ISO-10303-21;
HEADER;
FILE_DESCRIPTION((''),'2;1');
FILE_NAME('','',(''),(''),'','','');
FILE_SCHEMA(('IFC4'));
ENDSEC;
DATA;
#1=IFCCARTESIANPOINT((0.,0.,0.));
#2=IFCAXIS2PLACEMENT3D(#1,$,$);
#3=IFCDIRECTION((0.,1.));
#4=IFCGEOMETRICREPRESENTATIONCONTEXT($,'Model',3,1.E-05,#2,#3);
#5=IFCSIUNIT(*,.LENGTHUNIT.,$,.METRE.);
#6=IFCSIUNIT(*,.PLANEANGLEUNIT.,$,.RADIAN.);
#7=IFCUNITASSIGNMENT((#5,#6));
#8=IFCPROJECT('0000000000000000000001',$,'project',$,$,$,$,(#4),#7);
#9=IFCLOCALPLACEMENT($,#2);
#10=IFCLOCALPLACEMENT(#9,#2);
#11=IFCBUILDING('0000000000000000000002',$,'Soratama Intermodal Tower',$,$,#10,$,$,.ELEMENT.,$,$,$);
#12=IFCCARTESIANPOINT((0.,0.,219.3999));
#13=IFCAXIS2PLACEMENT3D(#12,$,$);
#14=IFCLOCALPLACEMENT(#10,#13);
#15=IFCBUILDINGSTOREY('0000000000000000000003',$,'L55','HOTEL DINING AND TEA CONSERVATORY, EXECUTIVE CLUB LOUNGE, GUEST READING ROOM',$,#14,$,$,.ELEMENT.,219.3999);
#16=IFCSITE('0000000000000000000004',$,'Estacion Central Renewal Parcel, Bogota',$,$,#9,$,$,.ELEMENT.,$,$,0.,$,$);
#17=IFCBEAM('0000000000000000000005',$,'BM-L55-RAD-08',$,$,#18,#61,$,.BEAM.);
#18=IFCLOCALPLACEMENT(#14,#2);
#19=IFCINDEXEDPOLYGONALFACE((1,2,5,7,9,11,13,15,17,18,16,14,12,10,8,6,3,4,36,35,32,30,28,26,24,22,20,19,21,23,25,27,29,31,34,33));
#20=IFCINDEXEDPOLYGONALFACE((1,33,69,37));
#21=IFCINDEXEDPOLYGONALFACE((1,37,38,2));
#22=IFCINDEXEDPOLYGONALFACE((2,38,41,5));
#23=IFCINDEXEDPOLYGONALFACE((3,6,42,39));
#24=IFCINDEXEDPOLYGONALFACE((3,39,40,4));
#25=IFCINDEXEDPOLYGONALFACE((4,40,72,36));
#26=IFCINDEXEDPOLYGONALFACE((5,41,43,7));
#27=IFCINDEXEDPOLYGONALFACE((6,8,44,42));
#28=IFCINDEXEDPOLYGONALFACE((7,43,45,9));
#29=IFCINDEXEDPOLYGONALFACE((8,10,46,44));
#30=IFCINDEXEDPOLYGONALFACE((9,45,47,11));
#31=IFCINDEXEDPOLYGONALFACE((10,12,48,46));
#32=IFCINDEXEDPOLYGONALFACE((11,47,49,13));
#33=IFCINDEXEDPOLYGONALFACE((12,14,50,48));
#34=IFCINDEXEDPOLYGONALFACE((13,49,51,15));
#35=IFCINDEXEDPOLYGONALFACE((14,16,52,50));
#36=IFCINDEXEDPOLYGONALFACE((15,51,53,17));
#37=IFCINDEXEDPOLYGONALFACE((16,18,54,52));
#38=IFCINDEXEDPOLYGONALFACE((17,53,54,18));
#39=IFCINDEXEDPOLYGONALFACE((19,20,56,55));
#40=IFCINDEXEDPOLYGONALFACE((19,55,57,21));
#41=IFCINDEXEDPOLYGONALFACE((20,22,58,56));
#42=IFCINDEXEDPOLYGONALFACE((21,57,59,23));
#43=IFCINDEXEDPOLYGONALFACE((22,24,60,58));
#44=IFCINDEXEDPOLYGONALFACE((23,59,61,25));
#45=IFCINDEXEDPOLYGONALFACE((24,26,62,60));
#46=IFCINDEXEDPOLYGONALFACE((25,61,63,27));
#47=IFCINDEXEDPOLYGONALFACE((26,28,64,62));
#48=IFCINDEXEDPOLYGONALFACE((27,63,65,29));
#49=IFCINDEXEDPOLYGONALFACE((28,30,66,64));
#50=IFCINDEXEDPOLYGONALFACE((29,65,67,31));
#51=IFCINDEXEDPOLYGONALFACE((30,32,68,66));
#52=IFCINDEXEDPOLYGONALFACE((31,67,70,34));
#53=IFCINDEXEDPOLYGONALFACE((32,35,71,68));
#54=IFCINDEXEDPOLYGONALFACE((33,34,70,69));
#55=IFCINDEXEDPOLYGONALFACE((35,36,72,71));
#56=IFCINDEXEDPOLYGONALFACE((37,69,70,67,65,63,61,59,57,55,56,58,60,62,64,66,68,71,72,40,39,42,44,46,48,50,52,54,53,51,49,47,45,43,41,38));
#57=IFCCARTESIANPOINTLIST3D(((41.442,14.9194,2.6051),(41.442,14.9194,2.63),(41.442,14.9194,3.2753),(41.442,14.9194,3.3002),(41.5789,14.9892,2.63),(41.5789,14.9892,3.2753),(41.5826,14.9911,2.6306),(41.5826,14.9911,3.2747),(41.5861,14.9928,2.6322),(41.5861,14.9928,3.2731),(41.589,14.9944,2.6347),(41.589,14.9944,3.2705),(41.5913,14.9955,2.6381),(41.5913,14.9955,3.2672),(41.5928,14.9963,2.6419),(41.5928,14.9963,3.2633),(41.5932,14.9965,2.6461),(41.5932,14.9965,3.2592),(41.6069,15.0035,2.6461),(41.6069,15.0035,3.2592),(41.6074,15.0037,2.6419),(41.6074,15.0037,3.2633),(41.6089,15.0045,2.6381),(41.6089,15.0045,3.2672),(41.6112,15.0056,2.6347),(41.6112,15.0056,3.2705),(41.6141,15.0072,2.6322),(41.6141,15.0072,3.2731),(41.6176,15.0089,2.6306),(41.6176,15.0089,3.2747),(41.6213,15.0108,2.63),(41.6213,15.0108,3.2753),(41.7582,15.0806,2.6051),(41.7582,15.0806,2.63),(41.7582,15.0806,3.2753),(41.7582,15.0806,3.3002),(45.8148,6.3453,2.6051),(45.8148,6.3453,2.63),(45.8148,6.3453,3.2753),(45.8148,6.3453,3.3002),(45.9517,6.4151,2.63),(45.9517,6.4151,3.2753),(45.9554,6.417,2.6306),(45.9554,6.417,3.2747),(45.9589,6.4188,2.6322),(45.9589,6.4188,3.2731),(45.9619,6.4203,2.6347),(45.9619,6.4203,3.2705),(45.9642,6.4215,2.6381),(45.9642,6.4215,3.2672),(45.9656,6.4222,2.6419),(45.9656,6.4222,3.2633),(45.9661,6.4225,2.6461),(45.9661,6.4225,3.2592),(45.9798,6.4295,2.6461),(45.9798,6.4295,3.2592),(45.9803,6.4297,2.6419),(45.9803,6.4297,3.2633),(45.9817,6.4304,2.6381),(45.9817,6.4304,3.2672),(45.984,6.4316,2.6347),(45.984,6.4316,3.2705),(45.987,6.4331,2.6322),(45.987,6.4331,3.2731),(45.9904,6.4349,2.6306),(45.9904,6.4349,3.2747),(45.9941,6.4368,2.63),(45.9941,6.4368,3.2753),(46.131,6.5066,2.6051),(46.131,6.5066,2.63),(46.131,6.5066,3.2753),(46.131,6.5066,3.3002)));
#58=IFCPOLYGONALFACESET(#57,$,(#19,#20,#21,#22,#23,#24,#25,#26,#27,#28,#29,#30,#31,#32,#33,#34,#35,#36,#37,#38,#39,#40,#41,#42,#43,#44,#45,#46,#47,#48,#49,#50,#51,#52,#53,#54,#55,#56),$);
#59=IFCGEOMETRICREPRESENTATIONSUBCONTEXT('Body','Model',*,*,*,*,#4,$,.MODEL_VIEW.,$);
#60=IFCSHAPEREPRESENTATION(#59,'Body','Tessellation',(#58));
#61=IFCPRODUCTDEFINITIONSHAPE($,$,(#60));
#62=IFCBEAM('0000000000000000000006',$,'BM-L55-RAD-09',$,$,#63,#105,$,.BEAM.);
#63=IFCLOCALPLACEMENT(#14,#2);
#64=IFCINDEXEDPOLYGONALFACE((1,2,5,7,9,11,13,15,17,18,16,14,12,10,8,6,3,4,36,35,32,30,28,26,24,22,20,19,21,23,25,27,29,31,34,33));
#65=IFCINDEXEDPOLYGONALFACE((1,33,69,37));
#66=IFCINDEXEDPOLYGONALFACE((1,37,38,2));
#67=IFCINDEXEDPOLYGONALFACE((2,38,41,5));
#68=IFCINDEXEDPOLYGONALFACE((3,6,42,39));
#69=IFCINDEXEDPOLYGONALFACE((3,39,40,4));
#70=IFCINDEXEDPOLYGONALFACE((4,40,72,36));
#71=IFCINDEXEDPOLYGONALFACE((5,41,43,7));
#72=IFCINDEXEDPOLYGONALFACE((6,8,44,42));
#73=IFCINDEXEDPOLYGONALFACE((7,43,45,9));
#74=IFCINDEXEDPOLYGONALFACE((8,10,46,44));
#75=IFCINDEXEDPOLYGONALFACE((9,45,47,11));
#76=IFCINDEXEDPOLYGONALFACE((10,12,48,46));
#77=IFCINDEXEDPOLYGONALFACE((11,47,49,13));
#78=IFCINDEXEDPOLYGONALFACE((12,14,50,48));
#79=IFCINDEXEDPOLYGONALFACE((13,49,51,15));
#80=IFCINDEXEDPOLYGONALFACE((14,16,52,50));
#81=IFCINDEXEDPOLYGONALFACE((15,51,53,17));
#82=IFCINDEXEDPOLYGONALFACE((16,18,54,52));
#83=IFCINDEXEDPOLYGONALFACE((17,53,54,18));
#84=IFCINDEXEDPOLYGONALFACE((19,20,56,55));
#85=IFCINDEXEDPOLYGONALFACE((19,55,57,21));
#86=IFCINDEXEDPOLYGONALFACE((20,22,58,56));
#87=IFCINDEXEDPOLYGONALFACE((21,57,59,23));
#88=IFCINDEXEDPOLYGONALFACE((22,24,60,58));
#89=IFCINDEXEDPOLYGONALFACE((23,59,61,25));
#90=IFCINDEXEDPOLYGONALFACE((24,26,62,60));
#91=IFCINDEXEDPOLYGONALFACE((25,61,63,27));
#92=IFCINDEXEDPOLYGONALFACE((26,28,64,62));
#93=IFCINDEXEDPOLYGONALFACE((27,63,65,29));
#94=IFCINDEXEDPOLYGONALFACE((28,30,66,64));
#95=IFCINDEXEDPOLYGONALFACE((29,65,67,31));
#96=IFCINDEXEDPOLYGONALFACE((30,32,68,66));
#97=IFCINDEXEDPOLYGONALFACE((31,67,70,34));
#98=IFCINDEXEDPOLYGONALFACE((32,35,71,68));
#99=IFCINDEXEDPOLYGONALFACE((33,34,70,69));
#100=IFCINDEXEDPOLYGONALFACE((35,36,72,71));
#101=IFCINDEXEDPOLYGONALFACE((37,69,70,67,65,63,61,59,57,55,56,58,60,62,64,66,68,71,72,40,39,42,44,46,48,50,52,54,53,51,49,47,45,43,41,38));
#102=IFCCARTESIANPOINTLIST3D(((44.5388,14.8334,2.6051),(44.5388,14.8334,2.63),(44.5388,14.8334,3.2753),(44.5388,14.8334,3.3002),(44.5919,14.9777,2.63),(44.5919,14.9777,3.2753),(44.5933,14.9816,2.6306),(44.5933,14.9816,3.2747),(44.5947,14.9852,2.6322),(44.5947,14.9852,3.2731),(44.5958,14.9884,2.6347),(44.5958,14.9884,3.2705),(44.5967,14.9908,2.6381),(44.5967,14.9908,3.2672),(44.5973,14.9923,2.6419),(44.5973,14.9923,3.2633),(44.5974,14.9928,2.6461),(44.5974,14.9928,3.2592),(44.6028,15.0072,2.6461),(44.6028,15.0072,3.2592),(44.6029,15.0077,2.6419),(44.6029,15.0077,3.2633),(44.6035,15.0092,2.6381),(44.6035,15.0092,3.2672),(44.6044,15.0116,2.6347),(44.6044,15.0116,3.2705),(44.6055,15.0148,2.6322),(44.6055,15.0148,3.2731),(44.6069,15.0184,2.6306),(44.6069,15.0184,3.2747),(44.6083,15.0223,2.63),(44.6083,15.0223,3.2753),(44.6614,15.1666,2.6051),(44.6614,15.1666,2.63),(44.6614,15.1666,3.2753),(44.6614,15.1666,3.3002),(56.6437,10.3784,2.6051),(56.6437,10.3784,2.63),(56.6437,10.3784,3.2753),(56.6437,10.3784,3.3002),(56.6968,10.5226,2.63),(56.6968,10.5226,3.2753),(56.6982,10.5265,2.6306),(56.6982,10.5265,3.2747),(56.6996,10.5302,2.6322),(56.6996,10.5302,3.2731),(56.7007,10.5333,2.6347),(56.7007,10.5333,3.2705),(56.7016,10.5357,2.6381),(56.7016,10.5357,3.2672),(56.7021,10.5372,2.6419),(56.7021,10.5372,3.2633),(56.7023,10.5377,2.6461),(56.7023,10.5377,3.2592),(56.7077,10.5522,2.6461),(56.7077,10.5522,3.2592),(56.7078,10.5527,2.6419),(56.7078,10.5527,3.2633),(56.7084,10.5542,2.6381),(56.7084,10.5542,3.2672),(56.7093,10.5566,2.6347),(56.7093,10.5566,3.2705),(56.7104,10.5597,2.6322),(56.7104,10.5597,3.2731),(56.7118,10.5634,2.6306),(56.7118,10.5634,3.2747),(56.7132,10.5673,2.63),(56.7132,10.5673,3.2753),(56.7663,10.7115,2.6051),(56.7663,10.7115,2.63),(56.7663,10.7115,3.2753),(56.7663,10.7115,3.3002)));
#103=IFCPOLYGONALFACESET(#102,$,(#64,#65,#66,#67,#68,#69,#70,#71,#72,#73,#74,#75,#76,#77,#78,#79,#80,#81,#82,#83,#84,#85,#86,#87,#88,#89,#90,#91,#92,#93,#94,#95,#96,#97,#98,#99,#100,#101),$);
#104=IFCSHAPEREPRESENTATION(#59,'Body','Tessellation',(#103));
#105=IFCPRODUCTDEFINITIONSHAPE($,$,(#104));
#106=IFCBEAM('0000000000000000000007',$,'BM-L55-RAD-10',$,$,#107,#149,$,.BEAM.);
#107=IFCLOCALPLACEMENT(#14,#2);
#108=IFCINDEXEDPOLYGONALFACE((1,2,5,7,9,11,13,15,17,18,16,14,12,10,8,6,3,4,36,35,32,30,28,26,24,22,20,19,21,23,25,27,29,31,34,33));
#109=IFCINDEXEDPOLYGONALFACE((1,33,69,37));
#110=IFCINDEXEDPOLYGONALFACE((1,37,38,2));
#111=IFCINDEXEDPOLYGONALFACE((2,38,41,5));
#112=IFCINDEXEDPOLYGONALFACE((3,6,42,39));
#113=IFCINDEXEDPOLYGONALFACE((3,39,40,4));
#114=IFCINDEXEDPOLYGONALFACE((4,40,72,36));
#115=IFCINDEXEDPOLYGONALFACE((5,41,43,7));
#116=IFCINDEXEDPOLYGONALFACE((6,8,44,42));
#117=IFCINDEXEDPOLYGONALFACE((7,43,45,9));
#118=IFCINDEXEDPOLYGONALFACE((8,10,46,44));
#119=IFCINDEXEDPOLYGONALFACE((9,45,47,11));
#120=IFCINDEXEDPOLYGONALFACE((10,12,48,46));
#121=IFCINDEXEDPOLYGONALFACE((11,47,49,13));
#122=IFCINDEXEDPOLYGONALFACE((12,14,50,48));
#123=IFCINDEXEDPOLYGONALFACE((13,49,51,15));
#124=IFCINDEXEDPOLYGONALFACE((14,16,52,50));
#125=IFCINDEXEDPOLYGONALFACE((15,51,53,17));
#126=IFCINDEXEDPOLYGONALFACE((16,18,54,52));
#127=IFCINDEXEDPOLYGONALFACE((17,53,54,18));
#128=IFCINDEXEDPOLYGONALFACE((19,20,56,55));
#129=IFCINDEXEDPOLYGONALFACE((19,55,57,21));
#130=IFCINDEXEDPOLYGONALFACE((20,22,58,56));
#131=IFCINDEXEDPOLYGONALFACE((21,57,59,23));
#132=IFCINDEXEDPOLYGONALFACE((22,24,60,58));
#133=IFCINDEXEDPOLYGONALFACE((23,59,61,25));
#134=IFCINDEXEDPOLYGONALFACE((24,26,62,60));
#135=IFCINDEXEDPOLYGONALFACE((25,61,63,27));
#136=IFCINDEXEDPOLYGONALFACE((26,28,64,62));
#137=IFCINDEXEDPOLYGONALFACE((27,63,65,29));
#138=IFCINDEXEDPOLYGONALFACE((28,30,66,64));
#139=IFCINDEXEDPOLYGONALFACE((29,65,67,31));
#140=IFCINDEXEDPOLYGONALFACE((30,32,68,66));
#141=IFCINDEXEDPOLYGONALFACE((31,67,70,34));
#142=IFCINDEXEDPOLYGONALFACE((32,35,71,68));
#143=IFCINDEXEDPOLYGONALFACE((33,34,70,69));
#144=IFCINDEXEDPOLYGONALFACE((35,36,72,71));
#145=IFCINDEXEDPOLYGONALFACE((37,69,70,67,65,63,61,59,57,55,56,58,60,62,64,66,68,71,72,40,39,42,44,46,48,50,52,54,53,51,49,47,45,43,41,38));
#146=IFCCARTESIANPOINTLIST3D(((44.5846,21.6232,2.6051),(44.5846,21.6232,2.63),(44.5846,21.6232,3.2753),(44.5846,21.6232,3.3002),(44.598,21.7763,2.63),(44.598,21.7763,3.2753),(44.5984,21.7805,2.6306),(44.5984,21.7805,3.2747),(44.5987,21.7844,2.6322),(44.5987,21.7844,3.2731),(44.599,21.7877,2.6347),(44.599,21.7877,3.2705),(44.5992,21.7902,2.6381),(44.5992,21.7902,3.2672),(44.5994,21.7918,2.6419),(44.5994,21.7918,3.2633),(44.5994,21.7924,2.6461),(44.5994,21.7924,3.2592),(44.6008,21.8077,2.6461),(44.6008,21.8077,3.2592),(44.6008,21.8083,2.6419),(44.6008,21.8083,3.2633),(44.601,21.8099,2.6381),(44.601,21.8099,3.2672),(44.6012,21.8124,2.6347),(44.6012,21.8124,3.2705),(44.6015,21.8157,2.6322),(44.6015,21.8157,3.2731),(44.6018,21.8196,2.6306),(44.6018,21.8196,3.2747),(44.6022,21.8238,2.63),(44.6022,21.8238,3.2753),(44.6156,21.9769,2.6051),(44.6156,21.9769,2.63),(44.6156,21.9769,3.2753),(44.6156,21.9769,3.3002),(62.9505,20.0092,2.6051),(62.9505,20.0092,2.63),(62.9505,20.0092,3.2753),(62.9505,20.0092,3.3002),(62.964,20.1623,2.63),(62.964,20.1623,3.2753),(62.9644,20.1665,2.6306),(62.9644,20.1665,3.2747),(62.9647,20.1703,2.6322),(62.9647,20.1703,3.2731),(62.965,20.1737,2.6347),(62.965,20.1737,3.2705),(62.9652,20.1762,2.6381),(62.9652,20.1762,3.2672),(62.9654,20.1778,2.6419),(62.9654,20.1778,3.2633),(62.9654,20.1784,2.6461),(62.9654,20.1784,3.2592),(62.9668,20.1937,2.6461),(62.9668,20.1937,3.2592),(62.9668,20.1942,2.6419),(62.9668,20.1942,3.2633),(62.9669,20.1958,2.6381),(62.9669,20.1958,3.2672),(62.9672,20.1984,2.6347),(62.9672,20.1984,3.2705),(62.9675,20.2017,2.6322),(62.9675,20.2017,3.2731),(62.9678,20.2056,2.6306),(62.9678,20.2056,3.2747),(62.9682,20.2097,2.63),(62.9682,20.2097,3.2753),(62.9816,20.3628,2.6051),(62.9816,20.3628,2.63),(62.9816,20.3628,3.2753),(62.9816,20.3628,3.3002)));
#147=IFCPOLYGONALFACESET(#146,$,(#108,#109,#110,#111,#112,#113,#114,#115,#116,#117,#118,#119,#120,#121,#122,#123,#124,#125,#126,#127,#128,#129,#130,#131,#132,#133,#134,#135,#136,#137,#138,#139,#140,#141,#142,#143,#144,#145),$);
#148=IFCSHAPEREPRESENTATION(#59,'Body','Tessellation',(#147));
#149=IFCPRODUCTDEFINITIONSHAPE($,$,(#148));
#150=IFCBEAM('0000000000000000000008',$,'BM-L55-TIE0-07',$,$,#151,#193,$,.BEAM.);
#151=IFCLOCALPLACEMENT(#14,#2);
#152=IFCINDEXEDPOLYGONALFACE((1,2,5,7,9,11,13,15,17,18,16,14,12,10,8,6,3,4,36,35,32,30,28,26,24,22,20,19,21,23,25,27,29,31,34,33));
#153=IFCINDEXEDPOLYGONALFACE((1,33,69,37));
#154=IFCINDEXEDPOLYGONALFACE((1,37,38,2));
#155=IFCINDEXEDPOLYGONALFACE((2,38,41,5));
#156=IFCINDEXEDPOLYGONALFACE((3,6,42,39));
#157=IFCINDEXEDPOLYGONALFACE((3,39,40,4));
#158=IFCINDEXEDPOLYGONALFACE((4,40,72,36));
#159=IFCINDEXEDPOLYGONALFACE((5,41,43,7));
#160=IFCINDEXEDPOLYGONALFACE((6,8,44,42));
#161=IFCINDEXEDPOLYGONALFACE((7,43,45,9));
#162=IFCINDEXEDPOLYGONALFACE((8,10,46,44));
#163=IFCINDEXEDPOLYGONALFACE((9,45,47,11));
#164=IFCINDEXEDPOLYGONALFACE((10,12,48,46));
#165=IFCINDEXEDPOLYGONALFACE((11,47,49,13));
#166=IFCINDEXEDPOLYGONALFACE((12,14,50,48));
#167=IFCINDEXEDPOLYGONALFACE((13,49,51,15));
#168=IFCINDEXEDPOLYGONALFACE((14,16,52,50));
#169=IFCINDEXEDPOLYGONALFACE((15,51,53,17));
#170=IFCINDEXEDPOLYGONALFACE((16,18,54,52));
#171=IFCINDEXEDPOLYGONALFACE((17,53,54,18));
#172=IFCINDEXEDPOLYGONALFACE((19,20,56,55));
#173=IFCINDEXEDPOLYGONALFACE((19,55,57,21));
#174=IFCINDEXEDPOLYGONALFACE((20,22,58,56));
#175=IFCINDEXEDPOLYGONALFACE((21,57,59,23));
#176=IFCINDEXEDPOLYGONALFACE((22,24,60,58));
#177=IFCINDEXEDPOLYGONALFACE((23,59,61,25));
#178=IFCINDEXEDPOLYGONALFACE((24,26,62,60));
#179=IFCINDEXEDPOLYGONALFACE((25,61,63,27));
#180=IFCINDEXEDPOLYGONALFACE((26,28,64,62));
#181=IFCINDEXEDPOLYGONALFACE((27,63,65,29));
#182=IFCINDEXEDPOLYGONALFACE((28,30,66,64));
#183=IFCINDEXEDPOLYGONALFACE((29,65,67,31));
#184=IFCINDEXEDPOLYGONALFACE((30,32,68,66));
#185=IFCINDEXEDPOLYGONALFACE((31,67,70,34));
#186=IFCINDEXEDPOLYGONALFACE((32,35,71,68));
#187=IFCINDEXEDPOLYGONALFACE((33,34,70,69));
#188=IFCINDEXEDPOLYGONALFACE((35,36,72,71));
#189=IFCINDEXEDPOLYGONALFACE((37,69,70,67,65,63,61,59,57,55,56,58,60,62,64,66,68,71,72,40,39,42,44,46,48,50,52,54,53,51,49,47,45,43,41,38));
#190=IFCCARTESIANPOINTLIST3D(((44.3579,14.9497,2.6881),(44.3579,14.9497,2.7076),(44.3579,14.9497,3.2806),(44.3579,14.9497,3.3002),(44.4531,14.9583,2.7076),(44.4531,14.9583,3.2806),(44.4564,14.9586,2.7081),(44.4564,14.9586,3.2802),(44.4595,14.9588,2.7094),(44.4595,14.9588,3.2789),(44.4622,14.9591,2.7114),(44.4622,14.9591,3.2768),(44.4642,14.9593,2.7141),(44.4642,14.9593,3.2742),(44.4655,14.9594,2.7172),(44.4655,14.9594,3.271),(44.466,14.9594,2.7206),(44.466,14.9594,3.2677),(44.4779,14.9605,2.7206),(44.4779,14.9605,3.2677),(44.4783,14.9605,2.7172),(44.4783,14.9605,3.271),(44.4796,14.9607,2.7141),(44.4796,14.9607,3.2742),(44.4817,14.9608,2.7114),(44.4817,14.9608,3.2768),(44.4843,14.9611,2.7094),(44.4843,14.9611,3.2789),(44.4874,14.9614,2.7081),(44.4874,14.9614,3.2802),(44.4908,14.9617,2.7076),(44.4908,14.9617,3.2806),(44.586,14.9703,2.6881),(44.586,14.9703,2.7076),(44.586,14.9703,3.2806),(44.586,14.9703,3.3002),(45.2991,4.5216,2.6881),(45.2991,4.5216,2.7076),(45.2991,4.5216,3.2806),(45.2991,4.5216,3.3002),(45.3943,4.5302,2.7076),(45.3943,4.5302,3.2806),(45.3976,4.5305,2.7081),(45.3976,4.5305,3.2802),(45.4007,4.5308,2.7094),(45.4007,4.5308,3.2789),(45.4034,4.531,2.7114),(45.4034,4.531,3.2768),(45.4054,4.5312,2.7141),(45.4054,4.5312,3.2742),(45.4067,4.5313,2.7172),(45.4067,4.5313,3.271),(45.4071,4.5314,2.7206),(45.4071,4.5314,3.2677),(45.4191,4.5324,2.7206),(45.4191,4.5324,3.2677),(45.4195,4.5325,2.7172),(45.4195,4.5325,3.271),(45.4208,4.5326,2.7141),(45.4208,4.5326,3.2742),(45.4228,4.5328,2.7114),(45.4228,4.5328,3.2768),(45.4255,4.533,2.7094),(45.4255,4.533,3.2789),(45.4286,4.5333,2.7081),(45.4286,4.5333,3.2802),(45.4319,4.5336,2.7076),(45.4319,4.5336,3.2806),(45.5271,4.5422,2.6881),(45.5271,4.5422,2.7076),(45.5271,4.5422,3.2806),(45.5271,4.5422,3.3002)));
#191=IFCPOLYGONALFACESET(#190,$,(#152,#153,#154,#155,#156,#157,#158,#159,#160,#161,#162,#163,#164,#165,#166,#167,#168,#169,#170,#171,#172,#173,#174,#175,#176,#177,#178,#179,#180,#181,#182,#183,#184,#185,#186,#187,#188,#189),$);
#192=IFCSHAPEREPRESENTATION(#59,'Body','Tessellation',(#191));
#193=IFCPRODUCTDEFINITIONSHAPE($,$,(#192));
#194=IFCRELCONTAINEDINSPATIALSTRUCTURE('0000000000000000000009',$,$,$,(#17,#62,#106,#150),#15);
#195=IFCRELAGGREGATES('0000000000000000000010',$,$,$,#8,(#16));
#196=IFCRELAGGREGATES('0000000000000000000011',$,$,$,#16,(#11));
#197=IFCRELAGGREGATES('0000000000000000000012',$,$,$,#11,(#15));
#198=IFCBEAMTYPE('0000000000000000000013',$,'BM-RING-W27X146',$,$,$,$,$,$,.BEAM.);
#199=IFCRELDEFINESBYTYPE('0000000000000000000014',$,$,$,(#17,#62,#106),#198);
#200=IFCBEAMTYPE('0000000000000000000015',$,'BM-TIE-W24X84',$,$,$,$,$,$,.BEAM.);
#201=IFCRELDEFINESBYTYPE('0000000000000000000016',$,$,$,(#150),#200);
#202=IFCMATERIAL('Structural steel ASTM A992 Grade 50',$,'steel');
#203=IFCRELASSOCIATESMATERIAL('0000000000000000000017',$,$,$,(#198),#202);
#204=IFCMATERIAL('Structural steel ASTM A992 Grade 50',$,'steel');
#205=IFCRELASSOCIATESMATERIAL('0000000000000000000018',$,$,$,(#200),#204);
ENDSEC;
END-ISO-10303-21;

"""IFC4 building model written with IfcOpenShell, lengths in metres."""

from ifc_helpers import new_model, si_unit, direction, frame, origin, origin_2d, place, context, subcontext, project, spatial, i_section, extrude, material, material_profile, profile_set, type_object, element, save


model = new_model("IFC4")

# Units and contexts
model_context = context("Model", 3, precision=1e-05, world=origin(), true_north=direction((0.0, 1.0)))
body_context = subcontext(model_context, "Body", "Model", "MODEL_VIEW")
ifc_project = project(units=[si_unit("LENGTHUNIT", "METRE"), si_unit("PLANEANGLEUNIT", "RADIAN")], contexts=[model_context])

# Site, building, storey
site_placement = place(None, origin())
site = spatial("IfcSite", under=ifc_project, at=site_placement, Name="Estacion Central Renewal Parcel, Bogota", CompositionType="ELEMENT", RefElevation=0.0)
building_placement = place(site_placement, origin())
building = spatial("IfcBuilding", under=site, at=building_placement, Name="Soratama Intermodal Tower", CompositionType="ELEMENT")
storey_placement = place(building_placement, frame((0.0, 0.0, 219.3999)))
storey = spatial("IfcBuildingStorey", under=building, at=storey_placement, Name="L55", Description="HOTEL DINING AND TEA CONSERVATORY, EXECUTIVE CLUB LOUNGE, GUEST READING ROOM", CompositionType="ELEMENT", Elevation=219.3999)

# Beams
ifc_material_1 = material(Name="Structural steel ASTM A992 Grade 50", Category="steel")
ifc_material_profile_1 = material_profile(ifc_material_1, i_section(OverallWidth=0.355, OverallDepth=0.6951, WebThickness=0.0154, FlangeThickness=0.0249, FilletRadius=0.0161, at=origin_2d()), Name="W27X146")
ifc_profile_set_1 = profile_set([ifc_material_profile_1], Name="Structural steel ASTM A992 Grade 50")
beam_type_1 = type_object("IfcBeamType", Name="BM-RING-W27X146", PredefinedType="BEAM", material=ifc_profile_set_1)
beam_1_placement = place(storey_placement, frame((41.6001, 15.0, 2.9526), z_axis=(0.454332, -0.890832, 0.0), x_axis=(0.890832, 0.454332, 0.0)))
element("IfcBeam", 1, at=beam_1_placement, inside=storey, type_object=beam_type_1, Name="BM-L55-RAD-08", PredefinedType="BEAM", context=body_context, shape_type="SweptSolid", body=[
    extrude(i_section(OverallWidth=0.355, OverallDepth=0.6951, WebThickness=0.0154, FlangeThickness=0.0249, FilletRadius=0.0161, at=origin_2d()), origin(), (0.0, 0.0, 1.0), 9.6248),
])
beam_2_placement = place(storey_placement, frame((44.6001, 15.0, 2.9526), z_axis=(0.93846, -0.345388, 0.0), x_axis=(0.345388, 0.93846, 0.0)))
element("IfcBeam", 2, at=beam_2_placement, inside=storey, type_object=beam_type_1, Name="BM-L55-RAD-09", PredefinedType="BEAM", context=body_context, shape_type="SweptSolid", body=[
    extrude(i_section(OverallWidth=0.355, OverallDepth=0.6951, WebThickness=0.0154, FlangeThickness=0.0249, FilletRadius=0.0161, at=origin_2d()), origin(), (0.0, 0.0, 1.0), 12.8987),
])
beam_3_placement = place(storey_placement, frame((44.6001, 21.8, 2.9526), z_axis=(0.996161, -0.087543, 0.0), x_axis=(0.087543, 0.996161, 0.0)))
element("IfcBeam", 3, at=beam_3_placement, inside=storey, type_object=beam_type_1, Name="BM-L55-RAD-10", PredefinedType="BEAM", context=body_context, shape_type="SweptSolid", body=[
    extrude(i_section(OverallWidth=0.355, OverallDepth=0.6951, WebThickness=0.0154, FlangeThickness=0.0249, FilletRadius=0.0161, at=origin_2d()), origin(), (0.0, 0.0, 1.0), 18.4368),
])
ifc_material_2 = material(Name="Structural steel ASTM A992 Grade 50", Category="steel")
ifc_material_profile_2 = material_profile(ifc_material_2, i_section(OverallWidth=0.229, OverallDepth=0.6121, WebThickness=0.012, FlangeThickness=0.0195, FilletRadius=0.0129, at=origin_2d()), Name="W24X84")
ifc_profile_set_2 = profile_set([ifc_material_profile_2], Name="Structural steel ASTM A992 Grade 50")
beam_type_2 = type_object("IfcBeamType", Name="BM-TIE-W24X84", PredefinedType="BEAM", material=ifc_profile_set_2)
beam_4_placement = place(storey_placement, frame((44.4719, 14.96, 2.9941), z_axis=(0.089888, -0.995952, 0.0), x_axis=(0.995952, 0.089888, 0.0)))
element("IfcBeam", 4, at=beam_4_placement, inside=storey, type_object=beam_type_2, Name="BM-L55-TIE0-07", PredefinedType="BEAM", context=body_context, shape_type="SweptSolid", body=[
    extrude(i_section(OverallWidth=0.229, OverallDepth=0.6121, WebThickness=0.012, FlangeThickness=0.0195, FilletRadius=0.0129, at=origin_2d()), origin(), (0.0, 0.0, 1.0), 10.4705),
])

save(model, "model.ifc")
